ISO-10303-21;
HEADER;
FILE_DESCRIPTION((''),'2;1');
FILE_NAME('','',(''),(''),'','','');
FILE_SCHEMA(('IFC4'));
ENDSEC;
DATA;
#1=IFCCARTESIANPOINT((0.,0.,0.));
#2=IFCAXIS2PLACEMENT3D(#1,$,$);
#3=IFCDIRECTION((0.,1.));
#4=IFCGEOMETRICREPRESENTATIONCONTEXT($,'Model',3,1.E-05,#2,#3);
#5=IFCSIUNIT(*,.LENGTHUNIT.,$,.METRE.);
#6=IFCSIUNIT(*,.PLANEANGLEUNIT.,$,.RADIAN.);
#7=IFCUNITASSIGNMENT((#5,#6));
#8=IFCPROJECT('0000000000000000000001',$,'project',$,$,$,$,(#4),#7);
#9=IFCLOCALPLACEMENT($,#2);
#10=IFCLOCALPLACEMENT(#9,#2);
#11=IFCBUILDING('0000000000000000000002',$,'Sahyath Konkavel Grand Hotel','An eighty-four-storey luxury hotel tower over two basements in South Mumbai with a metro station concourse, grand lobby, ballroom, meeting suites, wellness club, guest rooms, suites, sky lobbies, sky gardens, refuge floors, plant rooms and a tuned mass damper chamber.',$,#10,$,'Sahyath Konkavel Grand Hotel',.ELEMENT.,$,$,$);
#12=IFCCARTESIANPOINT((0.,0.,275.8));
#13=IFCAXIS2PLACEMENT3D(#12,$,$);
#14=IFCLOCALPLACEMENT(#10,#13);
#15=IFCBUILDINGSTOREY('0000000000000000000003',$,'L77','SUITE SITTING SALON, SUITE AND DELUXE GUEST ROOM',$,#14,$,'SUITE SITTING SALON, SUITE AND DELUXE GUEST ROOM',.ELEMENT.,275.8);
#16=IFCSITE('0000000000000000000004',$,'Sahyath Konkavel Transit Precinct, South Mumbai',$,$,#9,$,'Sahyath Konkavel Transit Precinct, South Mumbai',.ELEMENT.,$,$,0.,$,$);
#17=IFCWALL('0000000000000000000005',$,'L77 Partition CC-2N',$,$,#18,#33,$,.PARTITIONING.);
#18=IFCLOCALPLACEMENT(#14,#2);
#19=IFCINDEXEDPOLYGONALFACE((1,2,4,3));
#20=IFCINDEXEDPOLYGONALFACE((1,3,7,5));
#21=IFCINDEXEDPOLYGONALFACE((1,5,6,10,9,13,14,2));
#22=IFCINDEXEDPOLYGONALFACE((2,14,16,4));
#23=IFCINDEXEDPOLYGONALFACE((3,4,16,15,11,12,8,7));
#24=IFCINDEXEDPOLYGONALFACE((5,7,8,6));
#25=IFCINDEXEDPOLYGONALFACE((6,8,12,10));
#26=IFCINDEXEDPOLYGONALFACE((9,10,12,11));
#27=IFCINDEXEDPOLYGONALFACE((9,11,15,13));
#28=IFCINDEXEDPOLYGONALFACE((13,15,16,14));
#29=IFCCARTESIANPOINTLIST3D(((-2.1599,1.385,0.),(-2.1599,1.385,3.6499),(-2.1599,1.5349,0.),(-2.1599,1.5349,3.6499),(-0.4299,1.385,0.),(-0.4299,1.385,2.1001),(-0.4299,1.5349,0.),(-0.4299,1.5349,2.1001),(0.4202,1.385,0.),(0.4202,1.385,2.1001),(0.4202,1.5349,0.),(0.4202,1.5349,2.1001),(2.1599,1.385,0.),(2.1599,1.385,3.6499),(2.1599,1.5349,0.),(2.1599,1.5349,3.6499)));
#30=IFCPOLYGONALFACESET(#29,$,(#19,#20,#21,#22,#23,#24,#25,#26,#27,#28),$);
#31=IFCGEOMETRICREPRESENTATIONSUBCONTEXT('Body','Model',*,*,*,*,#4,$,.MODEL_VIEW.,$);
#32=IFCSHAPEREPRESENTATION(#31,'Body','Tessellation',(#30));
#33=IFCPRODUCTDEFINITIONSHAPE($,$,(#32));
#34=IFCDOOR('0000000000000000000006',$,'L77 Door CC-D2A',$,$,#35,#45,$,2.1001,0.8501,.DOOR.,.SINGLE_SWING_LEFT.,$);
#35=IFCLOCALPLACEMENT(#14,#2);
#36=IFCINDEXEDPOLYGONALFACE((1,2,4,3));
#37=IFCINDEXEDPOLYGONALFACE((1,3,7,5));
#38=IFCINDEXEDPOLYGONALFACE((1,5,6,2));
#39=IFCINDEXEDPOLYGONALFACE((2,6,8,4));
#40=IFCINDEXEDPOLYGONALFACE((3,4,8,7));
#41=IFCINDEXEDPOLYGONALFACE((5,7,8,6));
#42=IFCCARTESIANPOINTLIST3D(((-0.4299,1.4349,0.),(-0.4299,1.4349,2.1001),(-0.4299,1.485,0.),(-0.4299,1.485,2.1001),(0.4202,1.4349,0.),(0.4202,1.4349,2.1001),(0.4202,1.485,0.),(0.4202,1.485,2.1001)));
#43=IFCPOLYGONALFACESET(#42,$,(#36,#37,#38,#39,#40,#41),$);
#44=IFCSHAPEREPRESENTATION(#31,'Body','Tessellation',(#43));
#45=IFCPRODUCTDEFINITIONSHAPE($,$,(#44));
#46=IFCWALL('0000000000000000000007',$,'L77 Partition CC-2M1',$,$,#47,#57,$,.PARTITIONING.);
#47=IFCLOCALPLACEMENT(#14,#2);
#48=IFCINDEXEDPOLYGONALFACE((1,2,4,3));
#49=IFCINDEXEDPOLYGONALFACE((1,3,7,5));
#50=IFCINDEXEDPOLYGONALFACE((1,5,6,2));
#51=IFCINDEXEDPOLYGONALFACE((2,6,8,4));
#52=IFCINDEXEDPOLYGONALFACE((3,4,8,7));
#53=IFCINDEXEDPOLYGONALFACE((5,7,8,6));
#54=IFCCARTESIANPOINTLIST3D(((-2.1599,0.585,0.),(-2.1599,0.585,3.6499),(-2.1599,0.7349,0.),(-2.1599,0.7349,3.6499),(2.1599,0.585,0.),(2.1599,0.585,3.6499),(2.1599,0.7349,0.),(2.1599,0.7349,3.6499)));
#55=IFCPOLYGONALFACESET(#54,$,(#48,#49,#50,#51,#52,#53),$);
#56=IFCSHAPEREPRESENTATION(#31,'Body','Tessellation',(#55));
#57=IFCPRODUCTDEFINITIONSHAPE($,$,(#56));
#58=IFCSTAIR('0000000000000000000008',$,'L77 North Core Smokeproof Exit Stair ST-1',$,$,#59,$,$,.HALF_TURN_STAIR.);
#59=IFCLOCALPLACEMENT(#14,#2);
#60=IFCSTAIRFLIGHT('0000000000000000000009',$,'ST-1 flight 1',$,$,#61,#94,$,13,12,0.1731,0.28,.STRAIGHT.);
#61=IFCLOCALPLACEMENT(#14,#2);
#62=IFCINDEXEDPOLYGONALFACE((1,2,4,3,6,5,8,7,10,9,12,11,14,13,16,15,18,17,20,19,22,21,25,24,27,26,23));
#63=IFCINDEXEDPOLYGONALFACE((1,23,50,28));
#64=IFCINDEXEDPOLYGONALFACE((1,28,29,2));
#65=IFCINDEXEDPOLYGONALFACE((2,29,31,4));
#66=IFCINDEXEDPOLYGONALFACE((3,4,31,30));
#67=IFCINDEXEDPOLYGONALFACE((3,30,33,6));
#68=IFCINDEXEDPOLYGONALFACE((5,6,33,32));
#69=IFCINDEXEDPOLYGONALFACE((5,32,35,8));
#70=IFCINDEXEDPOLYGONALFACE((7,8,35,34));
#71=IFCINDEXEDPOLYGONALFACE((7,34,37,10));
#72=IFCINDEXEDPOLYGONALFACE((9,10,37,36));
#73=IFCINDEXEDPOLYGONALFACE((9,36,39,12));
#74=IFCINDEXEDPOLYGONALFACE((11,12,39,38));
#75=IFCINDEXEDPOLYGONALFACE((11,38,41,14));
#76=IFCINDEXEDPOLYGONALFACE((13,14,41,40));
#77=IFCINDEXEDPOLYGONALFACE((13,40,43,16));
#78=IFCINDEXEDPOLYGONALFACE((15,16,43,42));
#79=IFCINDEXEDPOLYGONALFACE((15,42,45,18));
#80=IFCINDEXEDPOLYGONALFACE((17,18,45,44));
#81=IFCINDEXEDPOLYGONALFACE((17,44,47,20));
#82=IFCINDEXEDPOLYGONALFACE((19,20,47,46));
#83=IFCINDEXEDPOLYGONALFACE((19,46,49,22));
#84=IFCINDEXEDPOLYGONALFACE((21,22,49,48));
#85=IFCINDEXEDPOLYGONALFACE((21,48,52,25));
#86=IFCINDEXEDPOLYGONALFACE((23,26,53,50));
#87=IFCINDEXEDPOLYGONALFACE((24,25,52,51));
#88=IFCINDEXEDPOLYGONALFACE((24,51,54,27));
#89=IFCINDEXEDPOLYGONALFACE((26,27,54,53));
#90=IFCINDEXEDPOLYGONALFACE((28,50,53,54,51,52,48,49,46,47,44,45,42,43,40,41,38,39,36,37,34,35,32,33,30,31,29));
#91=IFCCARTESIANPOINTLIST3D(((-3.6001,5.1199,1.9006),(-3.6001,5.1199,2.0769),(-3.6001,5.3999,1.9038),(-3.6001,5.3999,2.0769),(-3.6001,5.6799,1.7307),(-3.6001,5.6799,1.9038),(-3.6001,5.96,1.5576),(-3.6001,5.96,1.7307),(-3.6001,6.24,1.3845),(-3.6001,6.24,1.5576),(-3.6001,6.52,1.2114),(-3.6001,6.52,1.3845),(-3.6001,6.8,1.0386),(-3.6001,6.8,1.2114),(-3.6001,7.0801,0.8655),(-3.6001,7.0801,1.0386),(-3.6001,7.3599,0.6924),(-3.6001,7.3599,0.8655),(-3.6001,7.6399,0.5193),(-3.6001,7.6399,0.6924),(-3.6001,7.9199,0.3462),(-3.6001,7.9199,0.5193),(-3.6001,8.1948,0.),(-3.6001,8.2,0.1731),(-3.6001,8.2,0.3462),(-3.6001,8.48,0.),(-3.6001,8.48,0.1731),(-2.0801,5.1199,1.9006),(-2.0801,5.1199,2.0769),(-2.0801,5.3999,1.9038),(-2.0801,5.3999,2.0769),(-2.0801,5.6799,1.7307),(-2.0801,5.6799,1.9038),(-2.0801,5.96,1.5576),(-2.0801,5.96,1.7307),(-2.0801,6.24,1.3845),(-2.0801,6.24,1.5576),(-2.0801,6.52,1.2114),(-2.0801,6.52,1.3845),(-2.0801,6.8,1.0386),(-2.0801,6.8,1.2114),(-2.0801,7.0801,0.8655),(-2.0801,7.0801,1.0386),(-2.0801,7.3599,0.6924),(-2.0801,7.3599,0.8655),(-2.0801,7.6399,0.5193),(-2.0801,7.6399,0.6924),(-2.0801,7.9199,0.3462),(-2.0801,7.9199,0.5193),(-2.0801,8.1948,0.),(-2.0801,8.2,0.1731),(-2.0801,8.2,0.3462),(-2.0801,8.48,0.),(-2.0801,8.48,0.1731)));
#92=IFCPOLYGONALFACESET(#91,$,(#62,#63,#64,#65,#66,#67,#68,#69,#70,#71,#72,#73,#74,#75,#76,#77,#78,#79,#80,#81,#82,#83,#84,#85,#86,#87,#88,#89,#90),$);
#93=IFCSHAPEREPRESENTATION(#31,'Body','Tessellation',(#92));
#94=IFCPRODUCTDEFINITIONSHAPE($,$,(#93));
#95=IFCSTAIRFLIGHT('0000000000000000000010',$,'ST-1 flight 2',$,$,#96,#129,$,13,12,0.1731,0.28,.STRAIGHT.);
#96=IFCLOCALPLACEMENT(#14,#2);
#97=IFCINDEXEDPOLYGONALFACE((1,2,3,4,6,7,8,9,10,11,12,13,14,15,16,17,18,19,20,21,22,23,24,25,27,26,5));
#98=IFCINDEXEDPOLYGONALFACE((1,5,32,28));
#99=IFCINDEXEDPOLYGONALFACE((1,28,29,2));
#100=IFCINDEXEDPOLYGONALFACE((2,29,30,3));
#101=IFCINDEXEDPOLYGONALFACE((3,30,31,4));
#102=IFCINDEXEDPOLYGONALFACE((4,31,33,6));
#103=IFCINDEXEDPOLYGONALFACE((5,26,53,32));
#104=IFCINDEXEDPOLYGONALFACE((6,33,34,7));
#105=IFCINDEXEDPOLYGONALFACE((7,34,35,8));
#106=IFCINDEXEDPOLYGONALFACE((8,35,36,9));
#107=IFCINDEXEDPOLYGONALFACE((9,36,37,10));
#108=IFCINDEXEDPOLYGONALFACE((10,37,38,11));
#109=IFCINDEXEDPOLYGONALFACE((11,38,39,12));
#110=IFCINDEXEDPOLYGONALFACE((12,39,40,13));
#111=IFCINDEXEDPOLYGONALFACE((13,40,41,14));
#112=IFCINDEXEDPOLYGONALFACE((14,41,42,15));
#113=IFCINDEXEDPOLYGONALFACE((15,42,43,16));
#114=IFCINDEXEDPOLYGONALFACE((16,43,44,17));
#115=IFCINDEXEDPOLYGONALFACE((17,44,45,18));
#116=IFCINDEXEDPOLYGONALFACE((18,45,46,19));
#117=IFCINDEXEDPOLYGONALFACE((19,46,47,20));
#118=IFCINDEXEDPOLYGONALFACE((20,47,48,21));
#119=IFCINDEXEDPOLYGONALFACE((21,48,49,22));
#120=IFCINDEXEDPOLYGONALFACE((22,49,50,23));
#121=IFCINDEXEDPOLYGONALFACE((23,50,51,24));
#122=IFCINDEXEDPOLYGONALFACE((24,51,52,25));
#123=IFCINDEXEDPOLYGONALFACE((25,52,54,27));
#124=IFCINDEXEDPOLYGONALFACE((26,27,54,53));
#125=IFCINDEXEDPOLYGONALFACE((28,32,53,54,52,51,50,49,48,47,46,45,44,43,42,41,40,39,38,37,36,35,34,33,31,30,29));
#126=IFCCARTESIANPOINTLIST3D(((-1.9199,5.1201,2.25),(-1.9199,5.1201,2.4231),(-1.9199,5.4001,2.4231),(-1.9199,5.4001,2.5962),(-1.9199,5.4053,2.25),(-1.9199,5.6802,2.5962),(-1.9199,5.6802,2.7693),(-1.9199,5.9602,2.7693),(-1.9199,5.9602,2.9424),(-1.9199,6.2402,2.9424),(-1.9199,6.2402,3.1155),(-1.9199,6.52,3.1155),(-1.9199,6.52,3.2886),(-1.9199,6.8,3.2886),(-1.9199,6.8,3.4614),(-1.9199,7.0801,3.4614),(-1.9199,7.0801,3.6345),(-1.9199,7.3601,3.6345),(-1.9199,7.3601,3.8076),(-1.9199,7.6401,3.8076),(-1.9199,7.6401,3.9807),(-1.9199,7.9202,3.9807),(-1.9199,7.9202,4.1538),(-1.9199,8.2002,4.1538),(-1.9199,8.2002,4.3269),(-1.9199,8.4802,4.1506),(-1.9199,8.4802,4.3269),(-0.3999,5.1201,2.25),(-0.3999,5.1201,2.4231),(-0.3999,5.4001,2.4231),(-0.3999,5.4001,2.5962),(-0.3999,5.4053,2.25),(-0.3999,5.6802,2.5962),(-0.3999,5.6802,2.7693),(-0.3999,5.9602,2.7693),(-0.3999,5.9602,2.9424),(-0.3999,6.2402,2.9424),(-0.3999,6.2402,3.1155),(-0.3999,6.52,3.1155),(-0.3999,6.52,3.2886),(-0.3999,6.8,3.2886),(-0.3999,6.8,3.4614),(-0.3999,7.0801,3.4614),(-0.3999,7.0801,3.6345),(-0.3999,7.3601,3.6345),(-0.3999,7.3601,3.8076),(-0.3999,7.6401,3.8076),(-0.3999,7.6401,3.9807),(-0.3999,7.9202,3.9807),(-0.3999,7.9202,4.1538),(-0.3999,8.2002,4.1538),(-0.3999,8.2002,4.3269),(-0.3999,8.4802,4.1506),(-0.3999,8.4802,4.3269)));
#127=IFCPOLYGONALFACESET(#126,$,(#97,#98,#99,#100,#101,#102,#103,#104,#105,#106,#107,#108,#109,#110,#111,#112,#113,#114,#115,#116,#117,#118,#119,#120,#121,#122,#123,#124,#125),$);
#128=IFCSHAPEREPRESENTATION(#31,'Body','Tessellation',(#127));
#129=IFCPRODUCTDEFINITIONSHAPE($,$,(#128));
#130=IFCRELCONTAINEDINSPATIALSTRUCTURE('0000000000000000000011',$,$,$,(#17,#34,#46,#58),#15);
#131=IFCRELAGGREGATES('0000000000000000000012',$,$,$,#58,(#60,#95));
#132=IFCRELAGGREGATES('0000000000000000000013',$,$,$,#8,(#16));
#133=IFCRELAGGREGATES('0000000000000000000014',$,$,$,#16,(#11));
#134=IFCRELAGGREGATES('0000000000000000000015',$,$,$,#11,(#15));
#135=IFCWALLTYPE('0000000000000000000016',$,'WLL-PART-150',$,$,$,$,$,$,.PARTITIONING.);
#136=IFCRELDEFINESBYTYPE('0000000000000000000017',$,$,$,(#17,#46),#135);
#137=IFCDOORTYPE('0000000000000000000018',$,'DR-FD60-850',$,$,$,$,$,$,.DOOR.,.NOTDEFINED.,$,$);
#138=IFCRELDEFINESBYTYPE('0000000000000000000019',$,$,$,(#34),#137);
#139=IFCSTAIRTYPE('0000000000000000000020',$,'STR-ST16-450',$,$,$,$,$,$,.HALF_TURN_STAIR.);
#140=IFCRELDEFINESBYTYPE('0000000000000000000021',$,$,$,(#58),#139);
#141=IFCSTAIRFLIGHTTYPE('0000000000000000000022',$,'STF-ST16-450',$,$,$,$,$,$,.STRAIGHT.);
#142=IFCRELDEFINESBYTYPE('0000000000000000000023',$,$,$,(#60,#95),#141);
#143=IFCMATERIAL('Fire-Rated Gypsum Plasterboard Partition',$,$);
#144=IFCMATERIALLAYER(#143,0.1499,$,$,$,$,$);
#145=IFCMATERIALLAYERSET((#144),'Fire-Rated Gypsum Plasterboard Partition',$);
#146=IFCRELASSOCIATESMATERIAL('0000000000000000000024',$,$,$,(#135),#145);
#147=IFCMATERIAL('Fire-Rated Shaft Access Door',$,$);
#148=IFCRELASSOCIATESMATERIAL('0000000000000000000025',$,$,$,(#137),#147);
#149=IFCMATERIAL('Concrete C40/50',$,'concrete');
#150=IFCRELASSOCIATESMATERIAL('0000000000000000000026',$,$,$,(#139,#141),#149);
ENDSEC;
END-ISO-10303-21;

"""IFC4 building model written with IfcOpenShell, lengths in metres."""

from ifc_helpers import new_model, si_unit, direction, frame, frame_2d, origin, origin_2d, place, context, subcontext, project, spatial, polyline, rectangle, outline, extrude, source, transform, mapped, material, layer, layer_set, type_object, element, fill, aggregate, save


model = new_model("IFC4")

# Units and contexts
model_context = context("Model", 3, precision=1e-05, world=origin(), true_north=direction((0.0, 1.0)))
body_context = subcontext(model_context, "Body", "Model", "MODEL_VIEW")
ifc_project = project(units=[si_unit("LENGTHUNIT", "METRE"), si_unit("PLANEANGLEUNIT", "RADIAN")], contexts=[model_context])

# Site, building, storey
site_placement = place(None, origin())
site = spatial("IfcSite", under=ifc_project, at=site_placement, Name="Sahyath Konkavel Transit Precinct, South Mumbai", LongName="Sahyath Konkavel Transit Precinct, South Mumbai", CompositionType="ELEMENT", RefElevation=0.0)
building_placement = place(site_placement, origin())
building = spatial("IfcBuilding", under=site, at=building_placement, Name="Sahyath Konkavel Grand Hotel", Description="An eighty-four-storey luxury hotel tower over two basements in South Mumbai with a metro station concourse, grand lobby, ballroom, meeting suites, wellness club, guest rooms, suites, sky lobbies, sky gardens, refuge floors, plant rooms and a tuned mass damper chamber.", LongName="Sahyath Konkavel Grand Hotel", CompositionType="ELEMENT")
storey_placement = place(building_placement, frame((0.0, 0.0, 275.8)))
storey = spatial("IfcBuildingStorey", under=building, at=storey_placement, Name="L77", Description="SUITE SITTING SALON, SUITE AND DELUXE GUEST ROOM", LongName="SUITE SITTING SALON, SUITE AND DELUXE GUEST ROOM", CompositionType="ELEMENT", Elevation=275.8)

# Shared definitions
ifc_material_1 = material(Name="Concrete C40/50", Category="concrete")

# Wall, opening, door
ifc_material_2 = material(Name="Fire-Rated Gypsum Plasterboard Partition")
ifc_layer_1 = layer(ifc_material_2, 0.1499)
ifc_layer_set_1 = layer_set([ifc_layer_1], Name="Fire-Rated Gypsum Plasterboard Partition")
wall_type_1 = type_object("IfcWallType", Name="WLL-PART-150", PredefinedType="PARTITIONING", material=ifc_layer_set_1)
wall_1_placement = place(storey_placement, frame((-2.1599, 1.46, 0.0), z_axis=(0.0, 0.0, 1.0), x_axis=(1.0, 0.0, 0.0)))
wall_1 = element("IfcWall", 1, at=wall_1_placement, inside=storey, type_object=wall_type_1, Name="L77 Partition CC-2N", PredefinedType="PARTITIONING", context=body_context, shape_type="SweptSolid", body=[
    extrude(rectangle(XDim=4.3198, YDim=0.1499, at=frame_2d((2.1599, 0.0))), origin(), (0.0, 0.0, 1.0), 3.6499),
])
opening_1_placement = place(wall_1_placement, frame((1.73, 0.0, 0.0)))
opening_1 = element("IfcOpeningElement", 2, at=opening_1_placement, cuts=wall_1, PredefinedType="OPENING", context=body_context, shape_type="SweptSolid", body=[
    extrude(rectangle(XDim=0.8501, YDim=2.1001, at=frame_2d((0.425, 1.05))), frame((0.0, 0.085, 0.0), z_axis=(0.0, -1.0, 0.0), x_axis=(1.0, 0.0, 0.0)), (0.0, 0.0, 1.0), 0.1699),
])
ifc_material_3 = material(Name="Fire-Rated Shaft Access Door")
door_type_1 = type_object("IfcDoorType", Name="DR-FD60-850", OperationType="NOTDEFINED", PredefinedType="DOOR", material=ifc_material_3)
shared_shape_1 = source(origin(), body_context, "Body", "SweptSolid", [
    extrude(rectangle(XDim=0.8501, YDim=0.05, at=origin_2d()), origin(), (0.0, 0.0, 1.0), 2.1001),
])
door_1_placement = place(opening_1_placement, frame((0.425, 0.0, 0.0)))
door_1 = element("IfcDoor", 3, at=door_1_placement, inside=storey, type_object=door_type_1, Name="L77 Door CC-D2A", OperationType="SINGLE_SWING_LEFT", OverallHeight=2.1001, OverallWidth=0.8501, PredefinedType="DOOR", context=body_context, shape_type="MappedRepresentation", body=[
    mapped(shared_shape_1, transform((0.0, 0.0, 0.0), scale=1.0)),
])
fill(opening_1, door_1)

# Wall
wall_2_placement = place(storey_placement, frame((-2.1599, 0.6599, 0.0), z_axis=(0.0, 0.0, 1.0), x_axis=(1.0, 0.0, 0.0)))
element("IfcWall", 4, at=wall_2_placement, inside=storey, type_object=wall_type_1, Name="L77 Partition CC-2M1", PredefinedType="PARTITIONING", context=body_context, shape_type="SweptSolid", body=[
    extrude(rectangle(XDim=4.3198, YDim=0.1499, at=frame_2d((2.1599, 0.0))), origin(), (0.0, 0.0, 1.0), 3.6499),
])

# Stair, stair flights
stair_type = type_object("IfcStairType", Name="STR-ST16-450", PredefinedType="HALF_TURN_STAIR", material=ifc_material_1)
stair_placement = place(storey_placement, origin())
stair = element("IfcStair", 5, at=stair_placement, inside=storey, type_object=stair_type, Name="L77 North Core Smokeproof Exit Stair ST-1", PredefinedType="HALF_TURN_STAIR")
stair_flight_type = type_object("IfcStairFlightType", Name="STF-ST16-450", PredefinedType="STRAIGHT", material=ifc_material_1)
stair_flight_1_placement = place(storey_placement, frame((-2.8401, 8.48, 0.0), z_axis=(0.0, 0.0, 1.0), x_axis=(0.0, -1.0, 0.0)))
stair_flight_1 = element("IfcStairFlight", 6, at=stair_flight_1_placement, type_object=stair_flight_type, Name="ST-1 flight 1", NumberOfRisers=13, NumberOfTreads=12, PredefinedType="STRAIGHT", RiserHeight=0.1731, TreadLength=0.28, context=body_context, shape_type="SweptSolid", body=[
    extrude(outline(polyline([(0.0, 0.0), (0.0, 0.1731), (0.28, 0.1731), (0.28, 0.3462), (0.5601, 0.3462), (0.5601, 0.5193), (0.8401, 0.5193), (0.8401, 0.6924), (1.1201, 0.6924), (1.1201, 0.8655), (1.3999, 0.8655), (1.3999, 1.0386), (1.6799, 1.0386), (1.6799, 1.2114), (1.96, 1.2114), (1.96, 1.3845), (2.24, 1.3845), (2.24, 1.5576), (2.52, 1.5576), (2.52, 1.7307), (2.8, 1.7307), (2.8, 1.9038), (3.0801, 1.9038), (3.0801, 2.0769), (3.3601, 2.0769), (3.3601, 2.25), (3.3601, 1.9006), (0.2852, 0.0), (0.0, 0.0)])), frame((0.0, 0.76, 0.0), z_axis=(0.0, -1.0, 0.0), x_axis=(1.0, 0.0, 0.0)), (0.0, 0.0, 1.0), 1.52),
])
stair_flight_2_placement = place(storey_placement, frame((-1.1599, 5.1201, 2.25), z_axis=(0.0, 0.0, 1.0), x_axis=(0.0, 1.0, 0.0)))
stair_flight_2 = element("IfcStairFlight", 7, at=stair_flight_2_placement, type_object=stair_flight_type, Name="ST-1 flight 2", NumberOfRisers=13, NumberOfTreads=12, PredefinedType="STRAIGHT", RiserHeight=0.1731, TreadLength=0.28, context=body_context, shape_type="SweptSolid", body=[
    extrude(outline(polyline([(0.0, 0.0), (0.0, 0.1731), (0.28, 0.1731), (0.28, 0.3462), (0.5601, 0.3462), (0.5601, 0.5193), (0.8401, 0.5193), (0.8401, 0.6924), (1.1201, 0.6924), (1.1201, 0.8655), (1.3999, 0.8655), (1.3999, 1.0386), (1.6799, 1.0386), (1.6799, 1.2114), (1.96, 1.2114), (1.96, 1.3845), (2.24, 1.3845), (2.24, 1.5576), (2.52, 1.5576), (2.52, 1.7307), (2.8, 1.7307), (2.8, 1.9038), (3.0801, 1.9038), (3.0801, 2.0769), (3.3601, 2.0769), (3.3601, 2.25), (3.3601, 1.9006), (0.2852, 0.0), (0.0, 0.0)])), frame((0.0, 0.76, 0.0), z_axis=(0.0, -1.0, 0.0), x_axis=(1.0, 0.0, 0.0)), (0.0, 0.0, 1.0), 1.52),
])
aggregate(stair, [stair_flight_1, stair_flight_2])

save(model, "model.ifc")
